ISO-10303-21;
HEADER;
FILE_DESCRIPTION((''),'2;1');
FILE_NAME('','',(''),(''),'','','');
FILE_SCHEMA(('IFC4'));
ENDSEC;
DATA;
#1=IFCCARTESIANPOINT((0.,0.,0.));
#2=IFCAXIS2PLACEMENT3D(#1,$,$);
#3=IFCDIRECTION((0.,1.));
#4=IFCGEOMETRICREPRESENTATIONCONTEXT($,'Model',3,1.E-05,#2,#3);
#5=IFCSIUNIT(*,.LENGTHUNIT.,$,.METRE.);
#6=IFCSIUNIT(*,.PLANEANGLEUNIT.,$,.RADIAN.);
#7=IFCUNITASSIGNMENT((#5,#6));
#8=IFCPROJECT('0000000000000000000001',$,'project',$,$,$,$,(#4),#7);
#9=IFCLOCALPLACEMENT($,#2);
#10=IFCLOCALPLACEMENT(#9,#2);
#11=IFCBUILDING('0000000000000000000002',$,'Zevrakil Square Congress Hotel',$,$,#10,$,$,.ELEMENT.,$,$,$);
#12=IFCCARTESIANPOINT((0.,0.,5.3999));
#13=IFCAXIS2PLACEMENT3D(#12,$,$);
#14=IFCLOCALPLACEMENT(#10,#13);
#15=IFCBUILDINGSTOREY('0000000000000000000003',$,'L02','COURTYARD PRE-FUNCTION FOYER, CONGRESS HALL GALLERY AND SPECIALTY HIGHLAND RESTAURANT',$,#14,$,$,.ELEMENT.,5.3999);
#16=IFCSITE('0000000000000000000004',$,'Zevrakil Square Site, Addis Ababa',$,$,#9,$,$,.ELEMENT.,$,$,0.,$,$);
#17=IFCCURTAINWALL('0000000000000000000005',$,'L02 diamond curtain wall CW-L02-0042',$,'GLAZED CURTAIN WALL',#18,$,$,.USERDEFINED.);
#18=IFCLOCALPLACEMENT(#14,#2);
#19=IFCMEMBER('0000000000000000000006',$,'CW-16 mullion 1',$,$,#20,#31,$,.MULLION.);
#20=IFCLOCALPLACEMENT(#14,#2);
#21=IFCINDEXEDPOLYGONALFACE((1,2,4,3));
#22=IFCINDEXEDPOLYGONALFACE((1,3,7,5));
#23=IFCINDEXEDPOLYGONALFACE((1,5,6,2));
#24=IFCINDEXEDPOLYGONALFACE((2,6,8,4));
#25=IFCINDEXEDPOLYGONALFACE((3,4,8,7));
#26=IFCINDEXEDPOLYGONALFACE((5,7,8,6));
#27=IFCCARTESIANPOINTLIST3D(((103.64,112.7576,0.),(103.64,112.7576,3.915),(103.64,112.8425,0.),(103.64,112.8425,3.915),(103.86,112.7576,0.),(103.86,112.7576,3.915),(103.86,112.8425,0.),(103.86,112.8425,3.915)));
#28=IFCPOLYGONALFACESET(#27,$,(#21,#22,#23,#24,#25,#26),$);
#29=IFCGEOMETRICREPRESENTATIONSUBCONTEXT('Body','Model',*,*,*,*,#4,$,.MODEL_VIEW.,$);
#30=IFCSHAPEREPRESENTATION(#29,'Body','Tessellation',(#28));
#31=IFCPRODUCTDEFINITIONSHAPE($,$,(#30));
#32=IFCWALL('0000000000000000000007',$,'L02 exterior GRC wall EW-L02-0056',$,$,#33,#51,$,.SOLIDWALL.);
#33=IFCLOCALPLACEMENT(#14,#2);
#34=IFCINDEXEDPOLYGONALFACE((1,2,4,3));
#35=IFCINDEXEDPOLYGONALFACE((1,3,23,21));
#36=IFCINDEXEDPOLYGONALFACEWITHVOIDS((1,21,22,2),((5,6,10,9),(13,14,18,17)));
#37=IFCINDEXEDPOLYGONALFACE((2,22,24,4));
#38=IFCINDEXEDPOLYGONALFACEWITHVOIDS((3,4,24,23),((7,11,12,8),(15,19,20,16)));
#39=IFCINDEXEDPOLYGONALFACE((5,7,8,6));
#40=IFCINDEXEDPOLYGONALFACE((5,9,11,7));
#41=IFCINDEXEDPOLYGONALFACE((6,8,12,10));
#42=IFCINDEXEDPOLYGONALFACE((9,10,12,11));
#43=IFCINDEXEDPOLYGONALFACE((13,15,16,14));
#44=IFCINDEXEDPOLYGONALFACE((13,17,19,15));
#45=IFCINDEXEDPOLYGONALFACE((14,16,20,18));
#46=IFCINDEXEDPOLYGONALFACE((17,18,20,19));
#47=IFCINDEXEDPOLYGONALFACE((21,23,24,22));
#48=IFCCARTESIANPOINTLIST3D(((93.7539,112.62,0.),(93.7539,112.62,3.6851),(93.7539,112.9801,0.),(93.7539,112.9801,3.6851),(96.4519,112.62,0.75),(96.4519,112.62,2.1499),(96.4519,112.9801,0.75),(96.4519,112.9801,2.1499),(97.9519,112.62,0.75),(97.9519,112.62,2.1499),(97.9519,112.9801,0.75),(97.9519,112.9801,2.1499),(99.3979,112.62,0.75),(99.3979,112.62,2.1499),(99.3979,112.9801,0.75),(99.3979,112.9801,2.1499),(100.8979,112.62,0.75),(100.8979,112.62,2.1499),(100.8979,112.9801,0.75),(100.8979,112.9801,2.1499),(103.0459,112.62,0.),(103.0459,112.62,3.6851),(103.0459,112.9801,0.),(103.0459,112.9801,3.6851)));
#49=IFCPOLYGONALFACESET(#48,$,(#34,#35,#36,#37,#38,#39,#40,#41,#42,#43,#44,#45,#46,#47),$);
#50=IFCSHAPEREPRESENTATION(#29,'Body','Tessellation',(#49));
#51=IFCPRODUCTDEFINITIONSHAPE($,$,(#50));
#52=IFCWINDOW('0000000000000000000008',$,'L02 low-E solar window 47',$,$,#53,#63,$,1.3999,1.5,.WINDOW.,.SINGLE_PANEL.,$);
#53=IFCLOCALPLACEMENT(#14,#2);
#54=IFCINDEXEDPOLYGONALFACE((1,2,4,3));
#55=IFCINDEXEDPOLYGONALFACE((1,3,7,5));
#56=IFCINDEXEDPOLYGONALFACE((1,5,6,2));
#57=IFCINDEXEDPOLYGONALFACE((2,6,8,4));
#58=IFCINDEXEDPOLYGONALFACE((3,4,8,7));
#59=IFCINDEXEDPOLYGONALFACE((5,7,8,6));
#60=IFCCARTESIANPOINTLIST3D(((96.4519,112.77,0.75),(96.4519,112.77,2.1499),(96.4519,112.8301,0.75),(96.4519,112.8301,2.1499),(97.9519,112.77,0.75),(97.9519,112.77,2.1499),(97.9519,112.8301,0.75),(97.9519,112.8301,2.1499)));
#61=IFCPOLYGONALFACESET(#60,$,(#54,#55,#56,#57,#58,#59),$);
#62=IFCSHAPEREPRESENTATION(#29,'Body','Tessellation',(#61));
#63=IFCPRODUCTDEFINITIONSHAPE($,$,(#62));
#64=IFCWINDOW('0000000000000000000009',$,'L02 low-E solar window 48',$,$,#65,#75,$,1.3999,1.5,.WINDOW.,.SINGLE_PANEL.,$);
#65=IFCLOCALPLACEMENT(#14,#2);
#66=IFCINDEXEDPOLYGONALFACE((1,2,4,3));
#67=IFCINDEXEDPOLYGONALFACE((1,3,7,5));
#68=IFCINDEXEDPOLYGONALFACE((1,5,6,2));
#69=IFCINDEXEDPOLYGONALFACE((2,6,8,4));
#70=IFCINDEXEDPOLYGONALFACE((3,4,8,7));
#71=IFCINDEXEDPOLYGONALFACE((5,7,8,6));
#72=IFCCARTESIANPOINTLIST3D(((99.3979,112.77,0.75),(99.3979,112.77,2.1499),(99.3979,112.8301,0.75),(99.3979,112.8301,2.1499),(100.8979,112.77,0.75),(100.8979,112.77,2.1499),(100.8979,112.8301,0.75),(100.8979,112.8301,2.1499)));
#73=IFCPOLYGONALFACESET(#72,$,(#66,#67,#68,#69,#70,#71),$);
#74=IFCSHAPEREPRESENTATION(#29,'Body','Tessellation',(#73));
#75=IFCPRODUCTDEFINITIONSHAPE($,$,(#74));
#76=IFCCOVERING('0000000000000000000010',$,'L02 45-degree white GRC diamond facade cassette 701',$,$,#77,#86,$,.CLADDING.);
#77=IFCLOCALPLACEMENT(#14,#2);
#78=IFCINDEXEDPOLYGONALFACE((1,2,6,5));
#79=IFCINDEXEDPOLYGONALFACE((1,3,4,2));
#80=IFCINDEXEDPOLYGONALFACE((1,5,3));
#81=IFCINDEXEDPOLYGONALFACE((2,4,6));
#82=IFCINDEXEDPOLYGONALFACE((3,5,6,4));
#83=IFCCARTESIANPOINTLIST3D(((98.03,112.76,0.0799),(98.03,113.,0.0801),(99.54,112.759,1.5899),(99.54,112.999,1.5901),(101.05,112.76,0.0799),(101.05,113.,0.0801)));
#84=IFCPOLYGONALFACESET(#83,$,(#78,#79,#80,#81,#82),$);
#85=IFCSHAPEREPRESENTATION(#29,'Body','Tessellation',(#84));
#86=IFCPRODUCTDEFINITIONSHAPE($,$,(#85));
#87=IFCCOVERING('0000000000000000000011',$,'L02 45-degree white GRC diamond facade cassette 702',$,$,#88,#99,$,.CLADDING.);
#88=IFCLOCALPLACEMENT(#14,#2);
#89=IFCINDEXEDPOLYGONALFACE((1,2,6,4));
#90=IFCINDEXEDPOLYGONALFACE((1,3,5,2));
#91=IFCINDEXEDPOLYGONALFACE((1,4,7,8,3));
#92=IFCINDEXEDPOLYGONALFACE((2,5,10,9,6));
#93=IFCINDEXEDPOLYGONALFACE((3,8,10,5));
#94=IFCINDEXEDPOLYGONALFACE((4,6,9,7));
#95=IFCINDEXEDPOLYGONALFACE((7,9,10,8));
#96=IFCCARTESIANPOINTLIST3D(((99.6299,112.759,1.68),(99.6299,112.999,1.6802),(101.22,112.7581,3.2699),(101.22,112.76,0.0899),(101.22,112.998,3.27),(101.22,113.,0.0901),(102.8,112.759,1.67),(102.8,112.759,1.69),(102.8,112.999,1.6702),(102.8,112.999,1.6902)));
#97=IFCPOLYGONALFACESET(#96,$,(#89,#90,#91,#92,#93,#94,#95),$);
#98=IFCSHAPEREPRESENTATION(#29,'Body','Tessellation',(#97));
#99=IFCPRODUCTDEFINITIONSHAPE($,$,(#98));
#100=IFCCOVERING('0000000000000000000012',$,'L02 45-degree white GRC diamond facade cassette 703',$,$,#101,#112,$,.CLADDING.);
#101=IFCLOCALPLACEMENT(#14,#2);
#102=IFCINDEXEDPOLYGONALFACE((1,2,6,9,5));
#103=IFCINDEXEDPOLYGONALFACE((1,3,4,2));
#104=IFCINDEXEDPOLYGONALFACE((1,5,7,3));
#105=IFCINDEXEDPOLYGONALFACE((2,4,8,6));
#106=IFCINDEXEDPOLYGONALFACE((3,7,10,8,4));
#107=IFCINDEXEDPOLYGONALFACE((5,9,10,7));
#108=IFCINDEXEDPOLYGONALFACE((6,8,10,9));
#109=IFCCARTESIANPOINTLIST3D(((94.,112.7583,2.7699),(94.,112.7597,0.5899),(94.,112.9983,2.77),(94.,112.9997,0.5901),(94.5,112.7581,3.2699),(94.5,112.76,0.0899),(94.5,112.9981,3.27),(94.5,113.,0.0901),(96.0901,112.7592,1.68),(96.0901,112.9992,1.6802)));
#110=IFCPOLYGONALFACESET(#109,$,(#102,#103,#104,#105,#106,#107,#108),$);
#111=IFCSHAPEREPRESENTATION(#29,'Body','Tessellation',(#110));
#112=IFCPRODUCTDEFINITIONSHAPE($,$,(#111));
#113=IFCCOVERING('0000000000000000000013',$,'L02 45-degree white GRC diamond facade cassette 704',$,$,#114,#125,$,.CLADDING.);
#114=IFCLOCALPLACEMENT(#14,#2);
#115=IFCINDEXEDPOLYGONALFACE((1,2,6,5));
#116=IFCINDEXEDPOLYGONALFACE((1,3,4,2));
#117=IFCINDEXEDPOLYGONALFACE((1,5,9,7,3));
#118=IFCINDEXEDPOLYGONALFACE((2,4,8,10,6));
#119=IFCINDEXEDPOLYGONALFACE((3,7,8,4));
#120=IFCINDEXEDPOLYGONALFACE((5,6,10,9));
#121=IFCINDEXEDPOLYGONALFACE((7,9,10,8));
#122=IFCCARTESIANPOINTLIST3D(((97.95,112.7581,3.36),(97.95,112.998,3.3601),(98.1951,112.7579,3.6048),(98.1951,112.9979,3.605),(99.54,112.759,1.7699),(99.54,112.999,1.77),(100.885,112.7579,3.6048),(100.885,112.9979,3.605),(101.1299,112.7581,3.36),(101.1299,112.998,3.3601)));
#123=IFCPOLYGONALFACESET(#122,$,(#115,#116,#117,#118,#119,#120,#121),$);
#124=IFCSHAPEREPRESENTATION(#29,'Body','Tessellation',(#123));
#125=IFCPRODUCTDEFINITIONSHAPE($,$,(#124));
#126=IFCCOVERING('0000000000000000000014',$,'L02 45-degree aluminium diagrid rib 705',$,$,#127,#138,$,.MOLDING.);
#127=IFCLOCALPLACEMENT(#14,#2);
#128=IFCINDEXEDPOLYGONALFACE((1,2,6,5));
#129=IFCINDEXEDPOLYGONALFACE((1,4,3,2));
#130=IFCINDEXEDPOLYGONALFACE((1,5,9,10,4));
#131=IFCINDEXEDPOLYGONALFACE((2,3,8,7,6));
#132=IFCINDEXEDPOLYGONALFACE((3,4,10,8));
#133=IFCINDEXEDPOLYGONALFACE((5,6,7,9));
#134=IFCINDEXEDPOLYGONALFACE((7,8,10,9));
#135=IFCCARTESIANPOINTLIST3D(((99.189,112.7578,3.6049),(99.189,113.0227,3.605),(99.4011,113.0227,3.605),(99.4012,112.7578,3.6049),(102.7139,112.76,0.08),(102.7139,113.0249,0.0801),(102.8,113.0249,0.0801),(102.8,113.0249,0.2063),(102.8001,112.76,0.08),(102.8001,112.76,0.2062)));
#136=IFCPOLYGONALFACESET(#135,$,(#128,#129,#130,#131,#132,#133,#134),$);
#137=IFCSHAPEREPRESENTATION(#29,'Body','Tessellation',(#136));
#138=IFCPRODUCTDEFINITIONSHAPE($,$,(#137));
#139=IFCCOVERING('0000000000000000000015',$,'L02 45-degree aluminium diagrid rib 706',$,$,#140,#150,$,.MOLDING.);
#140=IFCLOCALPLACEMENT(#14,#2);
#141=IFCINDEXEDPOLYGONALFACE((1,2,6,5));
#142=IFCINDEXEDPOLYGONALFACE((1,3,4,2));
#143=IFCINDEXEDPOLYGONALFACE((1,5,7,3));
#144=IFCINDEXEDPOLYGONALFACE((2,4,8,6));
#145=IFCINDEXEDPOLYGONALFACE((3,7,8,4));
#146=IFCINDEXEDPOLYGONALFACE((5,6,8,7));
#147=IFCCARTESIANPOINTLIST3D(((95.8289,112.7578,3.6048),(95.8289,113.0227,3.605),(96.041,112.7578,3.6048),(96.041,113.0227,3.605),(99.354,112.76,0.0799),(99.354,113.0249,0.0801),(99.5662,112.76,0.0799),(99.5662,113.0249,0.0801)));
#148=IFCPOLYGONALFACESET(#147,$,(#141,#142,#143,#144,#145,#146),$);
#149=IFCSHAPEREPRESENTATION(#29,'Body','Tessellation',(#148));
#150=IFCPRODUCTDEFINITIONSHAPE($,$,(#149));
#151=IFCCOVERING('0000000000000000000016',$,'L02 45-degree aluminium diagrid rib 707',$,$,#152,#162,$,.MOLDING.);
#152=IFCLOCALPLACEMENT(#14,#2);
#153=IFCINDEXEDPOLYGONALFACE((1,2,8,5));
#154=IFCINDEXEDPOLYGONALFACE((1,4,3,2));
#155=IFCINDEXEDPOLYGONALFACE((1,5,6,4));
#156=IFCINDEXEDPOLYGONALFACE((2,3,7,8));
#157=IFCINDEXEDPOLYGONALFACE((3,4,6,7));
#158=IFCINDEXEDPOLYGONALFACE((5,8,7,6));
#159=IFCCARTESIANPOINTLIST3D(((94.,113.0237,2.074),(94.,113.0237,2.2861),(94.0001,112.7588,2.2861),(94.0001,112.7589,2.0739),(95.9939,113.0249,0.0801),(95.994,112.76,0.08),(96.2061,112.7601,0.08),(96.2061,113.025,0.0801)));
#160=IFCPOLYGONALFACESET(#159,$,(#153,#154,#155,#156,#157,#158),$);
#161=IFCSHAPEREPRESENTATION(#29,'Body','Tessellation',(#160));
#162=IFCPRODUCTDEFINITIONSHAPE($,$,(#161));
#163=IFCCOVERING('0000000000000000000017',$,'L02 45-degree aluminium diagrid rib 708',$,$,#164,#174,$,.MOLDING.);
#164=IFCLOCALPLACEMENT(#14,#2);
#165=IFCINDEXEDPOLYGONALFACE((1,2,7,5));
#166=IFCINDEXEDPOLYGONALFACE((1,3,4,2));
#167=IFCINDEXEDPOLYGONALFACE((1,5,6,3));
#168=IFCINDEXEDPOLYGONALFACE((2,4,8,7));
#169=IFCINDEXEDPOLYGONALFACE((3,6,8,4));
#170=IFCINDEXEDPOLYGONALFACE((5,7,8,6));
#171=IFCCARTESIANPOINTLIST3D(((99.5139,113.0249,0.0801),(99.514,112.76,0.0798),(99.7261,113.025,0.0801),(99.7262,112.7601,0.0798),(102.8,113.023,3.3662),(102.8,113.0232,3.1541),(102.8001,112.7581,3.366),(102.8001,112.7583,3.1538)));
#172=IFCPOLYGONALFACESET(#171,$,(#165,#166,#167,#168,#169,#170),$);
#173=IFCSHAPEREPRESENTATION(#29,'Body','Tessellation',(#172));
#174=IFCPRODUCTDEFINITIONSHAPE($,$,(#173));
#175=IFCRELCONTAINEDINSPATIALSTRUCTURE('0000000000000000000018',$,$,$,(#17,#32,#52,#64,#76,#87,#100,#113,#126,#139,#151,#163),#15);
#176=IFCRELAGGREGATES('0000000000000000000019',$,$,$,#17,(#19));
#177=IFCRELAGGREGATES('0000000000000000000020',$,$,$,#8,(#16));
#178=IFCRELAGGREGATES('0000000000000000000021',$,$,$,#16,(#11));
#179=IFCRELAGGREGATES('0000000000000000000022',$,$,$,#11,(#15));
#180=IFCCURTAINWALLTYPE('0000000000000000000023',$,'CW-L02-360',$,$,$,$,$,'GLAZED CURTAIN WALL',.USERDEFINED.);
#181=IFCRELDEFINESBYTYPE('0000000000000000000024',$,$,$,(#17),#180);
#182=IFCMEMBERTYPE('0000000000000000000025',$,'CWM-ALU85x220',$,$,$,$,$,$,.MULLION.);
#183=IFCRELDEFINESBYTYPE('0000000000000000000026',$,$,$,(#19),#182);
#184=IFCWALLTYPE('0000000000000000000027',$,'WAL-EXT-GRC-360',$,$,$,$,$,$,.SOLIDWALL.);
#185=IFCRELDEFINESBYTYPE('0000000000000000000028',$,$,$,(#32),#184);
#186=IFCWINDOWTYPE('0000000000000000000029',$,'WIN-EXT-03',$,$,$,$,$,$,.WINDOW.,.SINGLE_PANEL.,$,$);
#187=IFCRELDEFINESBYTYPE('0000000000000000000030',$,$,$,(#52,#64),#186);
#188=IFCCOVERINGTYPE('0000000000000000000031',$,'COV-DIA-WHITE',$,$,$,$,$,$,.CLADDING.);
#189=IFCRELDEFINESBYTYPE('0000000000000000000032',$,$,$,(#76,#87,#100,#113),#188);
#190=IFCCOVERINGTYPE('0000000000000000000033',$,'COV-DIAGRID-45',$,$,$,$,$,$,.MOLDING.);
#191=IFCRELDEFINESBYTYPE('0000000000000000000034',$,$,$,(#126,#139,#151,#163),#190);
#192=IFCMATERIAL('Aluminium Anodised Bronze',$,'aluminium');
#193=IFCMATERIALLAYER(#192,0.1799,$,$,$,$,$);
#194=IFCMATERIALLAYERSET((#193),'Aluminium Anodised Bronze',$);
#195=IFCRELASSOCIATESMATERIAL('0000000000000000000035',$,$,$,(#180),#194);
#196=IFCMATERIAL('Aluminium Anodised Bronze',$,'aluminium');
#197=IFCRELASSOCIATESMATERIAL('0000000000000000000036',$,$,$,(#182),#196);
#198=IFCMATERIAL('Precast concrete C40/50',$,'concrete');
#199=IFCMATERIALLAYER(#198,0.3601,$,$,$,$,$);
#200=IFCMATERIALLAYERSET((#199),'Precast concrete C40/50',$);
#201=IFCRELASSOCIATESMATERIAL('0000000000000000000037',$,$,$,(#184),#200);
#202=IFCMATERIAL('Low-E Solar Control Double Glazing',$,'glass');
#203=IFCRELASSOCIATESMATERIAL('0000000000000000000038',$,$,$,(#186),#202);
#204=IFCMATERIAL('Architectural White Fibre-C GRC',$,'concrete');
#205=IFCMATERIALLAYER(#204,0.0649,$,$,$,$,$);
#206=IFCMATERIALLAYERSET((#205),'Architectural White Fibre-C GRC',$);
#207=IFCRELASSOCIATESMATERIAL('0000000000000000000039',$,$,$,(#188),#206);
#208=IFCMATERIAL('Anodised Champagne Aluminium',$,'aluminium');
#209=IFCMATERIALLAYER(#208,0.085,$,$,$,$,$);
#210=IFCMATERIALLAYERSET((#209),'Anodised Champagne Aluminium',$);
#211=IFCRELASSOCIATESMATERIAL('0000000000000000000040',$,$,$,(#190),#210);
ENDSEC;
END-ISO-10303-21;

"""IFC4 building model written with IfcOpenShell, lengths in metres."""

from ifc_helpers import new_model, si_unit, direction, frame, frame_2d, origin, origin_2d, place, context, subcontext, project, spatial, polyline, rectangle, outline, extrude, material, layer, layer_set, material_profile, profile_set, type_object, element, fill, aggregate, save


model = new_model("IFC4")

# Units and contexts
model_context = context("Model", 3, precision=1e-05, world=origin(), true_north=direction((0.0, 1.0)))
body_context = subcontext(model_context, "Body", "Model", "MODEL_VIEW")
ifc_project = project(units=[si_unit("LENGTHUNIT", "METRE"), si_unit("PLANEANGLEUNIT", "RADIAN")], contexts=[model_context])

# Site, building, storey
site_placement = place(None, origin())
site = spatial("IfcSite", under=ifc_project, at=site_placement, Name="Zevrakil Square Site, Addis Ababa", CompositionType="ELEMENT", RefElevation=0.0)
building_placement = place(site_placement, origin())
building = spatial("IfcBuilding", under=site, at=building_placement, Name="Zevrakil Square Congress Hotel", CompositionType="ELEMENT")
storey_placement = place(building_placement, frame((0.0, 0.0, 5.3999)))
storey = spatial("IfcBuildingStorey", under=building, at=storey_placement, Name="L02", Description="COURTYARD PRE-FUNCTION FOYER, CONGRESS HALL GALLERY AND SPECIALTY HIGHLAND RESTAURANT", CompositionType="ELEMENT", Elevation=5.3999)

# Curtain wall, member
ifc_material_1 = material(Name="Aluminium Anodised Bronze", Category="aluminium")
ifc_layer_1 = layer(ifc_material_1, 0.1799)
ifc_layer_set_1 = layer_set([ifc_layer_1], Name="Aluminium Anodised Bronze")
curtain_wall_type = type_object("IfcCurtainWallType", Name="CW-L02-360", ElementType="GLAZED CURTAIN WALL", PredefinedType="USERDEFINED", material=ifc_layer_set_1)
curtain_wall_placement = place(storey_placement, origin())
curtain_wall = element("IfcCurtainWall", 1, at=curtain_wall_placement, inside=storey, type_object=curtain_wall_type, Name="L02 diamond curtain wall CW-L02-0042", ObjectType="GLAZED CURTAIN WALL", PredefinedType="USERDEFINED")
ifc_material_2 = material(Name="Aluminium Anodised Bronze", Category="aluminium")
ifc_material_profile_1 = material_profile(ifc_material_2, rectangle(XDim=0.085, YDim=0.22, at=origin_2d()), Name="ALU 85x220")
ifc_profile_set_1 = profile_set([ifc_material_profile_1], Name="Aluminium Anodised Bronze")
member_type_1 = type_object("IfcMemberType", Name="CWM-ALU85x220", PredefinedType="MULLION", material=ifc_profile_set_1)
member_1_placement = place(storey_placement, frame((103.75, 112.8, 0.0), z_axis=(0.0, 0.0, 1.0), x_axis=(0.0, 1.0, 0.0)))
member_1 = element("IfcMember", 2, at=member_1_placement, type_object=member_type_1, Name="CW-16 mullion 1", PredefinedType="MULLION", context=body_context, shape_type="SweptSolid", body=[
    extrude(rectangle(XDim=0.085, YDim=0.22, at=origin_2d()), origin(), (0.0, 0.0, 1.0), 3.915),
])
aggregate(curtain_wall, [member_1])

# Wall, openings, windows
ifc_material_3 = material(Name="Precast concrete C40/50", Category="concrete")
ifc_layer_2 = layer(ifc_material_3, 0.3601)
ifc_layer_set_2 = layer_set([ifc_layer_2], Name="Precast concrete C40/50")
wall_type = type_object("IfcWallType", Name="WAL-EXT-GRC-360", PredefinedType="SOLIDWALL", material=ifc_layer_set_2)
wall_placement = place(storey_placement, frame((93.7539, 112.8, 0.0), z_axis=(0.0, 0.0, 1.0), x_axis=(1.0, 0.0, 0.0)))
wall = element("IfcWall", 3, at=wall_placement, inside=storey, type_object=wall_type, Name="L02 exterior GRC wall EW-L02-0056", PredefinedType="SOLIDWALL", context=body_context, shape_type="SweptSolid", body=[
    extrude(rectangle(XDim=9.292, YDim=0.3601, at=frame_2d((4.646, 0.0))), origin(), (0.0, 0.0, 1.0), 3.6851),
])
opening_1_placement = place(wall_placement, frame((2.698, 0.0, 0.75)))
opening_1 = element("IfcOpeningElement", 4, at=opening_1_placement, cuts=wall, PredefinedType="OPENING", context=body_context, shape_type="SweptSolid", body=[
    extrude(rectangle(XDim=1.5, YDim=1.3999, at=frame_2d((0.75, 0.7))), frame((0.0, 0.1899, 0.0), z_axis=(0.0, -1.0, 0.0), x_axis=(1.0, 0.0, 0.0)), (0.0, 0.0, 1.0), 0.3801),
])
opening_2_placement = place(wall_placement, frame((5.644, 0.0, 0.75)))
opening_2 = element("IfcOpeningElement", 5, at=opening_2_placement, cuts=wall, PredefinedType="OPENING", context=body_context, shape_type="SweptSolid", body=[
    extrude(rectangle(XDim=1.5, YDim=1.3999, at=frame_2d((0.75, 0.7))), frame((0.0, 0.1899, 0.0), z_axis=(0.0, -1.0, 0.0), x_axis=(1.0, 0.0, 0.0)), (0.0, 0.0, 1.0), 0.3801),
])
ifc_material_4 = material(Name="Low-E Solar Control Double Glazing", Category="glass")
window_type = type_object("IfcWindowType", Name="WIN-EXT-03", PartitioningType="SINGLE_PANEL", PredefinedType="WINDOW", material=ifc_material_4)
window_1_placement = place(opening_1_placement, origin())
window_1 = element("IfcWindow", 6, at=window_1_placement, inside=storey, type_object=window_type, Name="L02 low-E solar window 47", OverallHeight=1.3999, OverallWidth=1.5, PartitioningType="SINGLE_PANEL", PredefinedType="WINDOW", context=body_context, shape_type="SweptSolid", body=[
    extrude(rectangle(XDim=1.5, YDim=1.3999, at=frame_2d((0.75, 0.7))), frame((0.0, 0.03, 0.0), z_axis=(0.0, -1.0, 0.0), x_axis=(1.0, 0.0, 0.0)), (0.0, 0.0, 1.0), 0.0601),
])
fill(opening_1, window_1)
window_2_placement = place(opening_2_placement, origin())
window_2 = element("IfcWindow", 7, at=window_2_placement, inside=storey, type_object=window_type, Name="L02 low-E solar window 48", OverallHeight=1.3999, OverallWidth=1.5, PartitioningType="SINGLE_PANEL", PredefinedType="WINDOW", context=body_context, shape_type="SweptSolid", body=[
    extrude(rectangle(XDim=1.5, YDim=1.3999, at=frame_2d((0.75, 0.7))), frame((0.0, 0.03, 0.0), z_axis=(0.0, -1.0, 0.0), x_axis=(1.0, 0.0, 0.0)), (0.0, 0.0, 1.0), 0.0601),
])
fill(opening_2, window_2)

# Coverings
ifc_material_5 = material(Name="Architectural White Fibre-C GRC", Category="concrete")
ifc_layer_3 = layer(ifc_material_5, 0.0649)
ifc_layer_set_3 = layer_set([ifc_layer_3], Name="Architectural White Fibre-C GRC")
covering_type_1 = type_object("IfcCoveringType", Name="COV-DIA-WHITE", PredefinedType="CLADDING", material=ifc_layer_set_3)
covering_1_placement = place(storey_placement, frame((99.54, 112.999, 1.5901), z_axis=(0.0, 1.0, 0.000647), x_axis=(-0.707107, 0.000457, -0.707107)))
element("IfcCovering", 8, at=covering_1_placement, inside=storey, type_object=covering_type_1, Name="L02 45-degree white GRC diamond facade cassette 701", PredefinedType="CLADDING", context=body_context, shape_type="SweptSolid", body=[
    extrude(outline(polyline([(0.0, 0.0), (2.1355, 0.0), (0.0, -2.1355), (0.0, 0.0)])), origin(), (0.0, 0.0, -1.0), 0.24),
])
covering_2_placement = place(storey_placement, frame((101.22, 112.998, 3.27), z_axis=(0.0, 1.0, 0.000612), x_axis=(-0.707161, 0.000433, -0.707052)))
element("IfcCovering", 9, at=covering_2_placement, inside=storey, type_object=covering_type_1, Name="L02 45-degree white GRC diamond facade cassette 702", PredefinedType="CLADDING", context=body_context, shape_type="SweptSolid", body=[
    extrude(outline(polyline([(0.0, 0.0), (2.2486, 0.0), (2.2484, -2.2487), (0.0138, -2.2486), (-0.0003, -2.2344), (0.0, 0.0)])), origin(), (0.0, 0.0, -1.0), 0.24),
])
covering_3_placement = place(storey_placement, frame((94.5, 113.0, 0.0901), z_axis=(-0.000085, 1.0, 0.000607), x_axis=(0.707107, -0.000369, 0.707107)))
element("IfcCovering", 10, at=covering_3_placement, inside=storey, type_object=covering_type_1, Name="L02 45-degree white GRC diamond facade cassette 703", PredefinedType="CLADDING", context=body_context, shape_type="SweptSolid", body=[
    extrude(outline(polyline([(0.0, 0.0), (2.2487, 0.0), (2.2486, -2.2486), (1.5414, -2.2486), (0.0, -0.7071), (0.0, 0.0)])), origin(), (0.0, 0.0, -1.0), 0.24),
])
covering_4_placement = place(storey_placement, frame((97.95, 112.998, 3.3601), z_axis=(0.0, 1.0, 0.000579), x_axis=(0.707107, 0.00041, -0.707107)))
element("IfcCovering", 11, at=covering_4_placement, inside=storey, type_object=covering_type_1, Name="L02 45-degree white GRC diamond facade cassette 704", PredefinedType="CLADDING", context=body_context, shape_type="SweptSolid", body=[
    extrude(outline(polyline([(0.0, 0.0), (2.2487, 0.0), (2.2486, -2.2486), (1.9022, -2.2486), (0.0002, -0.3465), (0.0, 0.0)])), origin(), (0.0, 0.0, -1.0), 0.24),
])
ifc_material_6 = material(Name="Anodised Champagne Aluminium", Category="aluminium")
ifc_layer_4 = layer(ifc_material_6, 0.085)
ifc_layer_set_4 = layer_set([ifc_layer_4], Name="Anodised Champagne Aluminium")
covering_type_2 = type_object("IfcCoveringType", Name="COV-DIAGRID-45", PredefinedType="MOLDING", material=ifc_layer_set_4)
covering_5_placement = place(storey_placement, frame((102.7139, 113.0249, 0.0801), z_axis=(-0.000187, 1.0, 0.000443), x_axis=(1.0, 0.000187, 0.0)))
element("IfcCovering", 12, at=covering_5_placement, inside=storey, type_object=covering_type_2, Name="L02 45-degree aluminium diagrid rib 705", PredefinedType="MOLDING", context=body_context, shape_type="SweptSolid", body=[
    extrude(outline(polyline([(0.0, 0.0), (0.0862, 0.0), (0.0862, -0.1262), (-3.3127, -3.5249), (-3.5249, -3.5249), (0.0, 0.0)])), origin(), (0.0, 0.0, -1.0), 0.2649),
])
covering_6_placement = place(storey_placement, frame((99.354, 113.0249, 0.0801), z_axis=(0.0, 1.0, 0.000623), x_axis=(1.0, 0.0, 0.0)))
element("IfcCovering", 13, at=covering_6_placement, inside=storey, type_object=covering_type_2, Name="L02 45-degree aluminium diagrid rib 706", PredefinedType="MOLDING", context=body_context, shape_type="SweptSolid", body=[
    extrude(outline(polyline([(0.0, 0.0), (0.2122, 0.0), (-3.313, -3.5249), (-3.5251, -3.5249), (0.0, 0.0)])), origin(), (0.0, 0.0, -1.0), 0.2649),
])
covering_7_placement = place(storey_placement, frame((95.9939, 113.0249, 0.0801), z_axis=(-0.000291, 1.0, 0.000291), x_axis=(1.0, 0.000291, 0.0)))
element("IfcCovering", 14, at=covering_7_placement, inside=storey, type_object=covering_type_2, Name="L02 45-degree aluminium diagrid rib 707", PredefinedType="MOLDING", context=body_context, shape_type="SweptSolid", body=[
    extrude(outline(polyline([(0.0, 0.0), (0.2122, 0.0), (-1.9939, -2.2061), (-1.9939, -1.9939), (0.0, 0.0)])), origin(), (0.0, 0.0, -1.0), 0.2649),
])
covering_8_placement = place(storey_placement, frame((102.8, 113.0232, 3.1541), z_axis=(-0.000287, 1.0, 0.000863), x_axis=(0.0, -0.000863, 1.0)))
element("IfcCovering", 15, at=covering_8_placement, inside=storey, type_object=covering_type_2, Name="L02 45-degree aluminium diagrid rib 708", PredefinedType="MOLDING", context=body_context, shape_type="SweptSolid", body=[
    extrude(outline(polyline([(0.0, 0.0), (0.2122, 0.0), (-3.074, -3.2861), (-3.074, -3.074), (0.0, 0.0)])), origin(), (0.0, 0.0, -1.0), 0.2649),
])

save(model, "model.ifc")
